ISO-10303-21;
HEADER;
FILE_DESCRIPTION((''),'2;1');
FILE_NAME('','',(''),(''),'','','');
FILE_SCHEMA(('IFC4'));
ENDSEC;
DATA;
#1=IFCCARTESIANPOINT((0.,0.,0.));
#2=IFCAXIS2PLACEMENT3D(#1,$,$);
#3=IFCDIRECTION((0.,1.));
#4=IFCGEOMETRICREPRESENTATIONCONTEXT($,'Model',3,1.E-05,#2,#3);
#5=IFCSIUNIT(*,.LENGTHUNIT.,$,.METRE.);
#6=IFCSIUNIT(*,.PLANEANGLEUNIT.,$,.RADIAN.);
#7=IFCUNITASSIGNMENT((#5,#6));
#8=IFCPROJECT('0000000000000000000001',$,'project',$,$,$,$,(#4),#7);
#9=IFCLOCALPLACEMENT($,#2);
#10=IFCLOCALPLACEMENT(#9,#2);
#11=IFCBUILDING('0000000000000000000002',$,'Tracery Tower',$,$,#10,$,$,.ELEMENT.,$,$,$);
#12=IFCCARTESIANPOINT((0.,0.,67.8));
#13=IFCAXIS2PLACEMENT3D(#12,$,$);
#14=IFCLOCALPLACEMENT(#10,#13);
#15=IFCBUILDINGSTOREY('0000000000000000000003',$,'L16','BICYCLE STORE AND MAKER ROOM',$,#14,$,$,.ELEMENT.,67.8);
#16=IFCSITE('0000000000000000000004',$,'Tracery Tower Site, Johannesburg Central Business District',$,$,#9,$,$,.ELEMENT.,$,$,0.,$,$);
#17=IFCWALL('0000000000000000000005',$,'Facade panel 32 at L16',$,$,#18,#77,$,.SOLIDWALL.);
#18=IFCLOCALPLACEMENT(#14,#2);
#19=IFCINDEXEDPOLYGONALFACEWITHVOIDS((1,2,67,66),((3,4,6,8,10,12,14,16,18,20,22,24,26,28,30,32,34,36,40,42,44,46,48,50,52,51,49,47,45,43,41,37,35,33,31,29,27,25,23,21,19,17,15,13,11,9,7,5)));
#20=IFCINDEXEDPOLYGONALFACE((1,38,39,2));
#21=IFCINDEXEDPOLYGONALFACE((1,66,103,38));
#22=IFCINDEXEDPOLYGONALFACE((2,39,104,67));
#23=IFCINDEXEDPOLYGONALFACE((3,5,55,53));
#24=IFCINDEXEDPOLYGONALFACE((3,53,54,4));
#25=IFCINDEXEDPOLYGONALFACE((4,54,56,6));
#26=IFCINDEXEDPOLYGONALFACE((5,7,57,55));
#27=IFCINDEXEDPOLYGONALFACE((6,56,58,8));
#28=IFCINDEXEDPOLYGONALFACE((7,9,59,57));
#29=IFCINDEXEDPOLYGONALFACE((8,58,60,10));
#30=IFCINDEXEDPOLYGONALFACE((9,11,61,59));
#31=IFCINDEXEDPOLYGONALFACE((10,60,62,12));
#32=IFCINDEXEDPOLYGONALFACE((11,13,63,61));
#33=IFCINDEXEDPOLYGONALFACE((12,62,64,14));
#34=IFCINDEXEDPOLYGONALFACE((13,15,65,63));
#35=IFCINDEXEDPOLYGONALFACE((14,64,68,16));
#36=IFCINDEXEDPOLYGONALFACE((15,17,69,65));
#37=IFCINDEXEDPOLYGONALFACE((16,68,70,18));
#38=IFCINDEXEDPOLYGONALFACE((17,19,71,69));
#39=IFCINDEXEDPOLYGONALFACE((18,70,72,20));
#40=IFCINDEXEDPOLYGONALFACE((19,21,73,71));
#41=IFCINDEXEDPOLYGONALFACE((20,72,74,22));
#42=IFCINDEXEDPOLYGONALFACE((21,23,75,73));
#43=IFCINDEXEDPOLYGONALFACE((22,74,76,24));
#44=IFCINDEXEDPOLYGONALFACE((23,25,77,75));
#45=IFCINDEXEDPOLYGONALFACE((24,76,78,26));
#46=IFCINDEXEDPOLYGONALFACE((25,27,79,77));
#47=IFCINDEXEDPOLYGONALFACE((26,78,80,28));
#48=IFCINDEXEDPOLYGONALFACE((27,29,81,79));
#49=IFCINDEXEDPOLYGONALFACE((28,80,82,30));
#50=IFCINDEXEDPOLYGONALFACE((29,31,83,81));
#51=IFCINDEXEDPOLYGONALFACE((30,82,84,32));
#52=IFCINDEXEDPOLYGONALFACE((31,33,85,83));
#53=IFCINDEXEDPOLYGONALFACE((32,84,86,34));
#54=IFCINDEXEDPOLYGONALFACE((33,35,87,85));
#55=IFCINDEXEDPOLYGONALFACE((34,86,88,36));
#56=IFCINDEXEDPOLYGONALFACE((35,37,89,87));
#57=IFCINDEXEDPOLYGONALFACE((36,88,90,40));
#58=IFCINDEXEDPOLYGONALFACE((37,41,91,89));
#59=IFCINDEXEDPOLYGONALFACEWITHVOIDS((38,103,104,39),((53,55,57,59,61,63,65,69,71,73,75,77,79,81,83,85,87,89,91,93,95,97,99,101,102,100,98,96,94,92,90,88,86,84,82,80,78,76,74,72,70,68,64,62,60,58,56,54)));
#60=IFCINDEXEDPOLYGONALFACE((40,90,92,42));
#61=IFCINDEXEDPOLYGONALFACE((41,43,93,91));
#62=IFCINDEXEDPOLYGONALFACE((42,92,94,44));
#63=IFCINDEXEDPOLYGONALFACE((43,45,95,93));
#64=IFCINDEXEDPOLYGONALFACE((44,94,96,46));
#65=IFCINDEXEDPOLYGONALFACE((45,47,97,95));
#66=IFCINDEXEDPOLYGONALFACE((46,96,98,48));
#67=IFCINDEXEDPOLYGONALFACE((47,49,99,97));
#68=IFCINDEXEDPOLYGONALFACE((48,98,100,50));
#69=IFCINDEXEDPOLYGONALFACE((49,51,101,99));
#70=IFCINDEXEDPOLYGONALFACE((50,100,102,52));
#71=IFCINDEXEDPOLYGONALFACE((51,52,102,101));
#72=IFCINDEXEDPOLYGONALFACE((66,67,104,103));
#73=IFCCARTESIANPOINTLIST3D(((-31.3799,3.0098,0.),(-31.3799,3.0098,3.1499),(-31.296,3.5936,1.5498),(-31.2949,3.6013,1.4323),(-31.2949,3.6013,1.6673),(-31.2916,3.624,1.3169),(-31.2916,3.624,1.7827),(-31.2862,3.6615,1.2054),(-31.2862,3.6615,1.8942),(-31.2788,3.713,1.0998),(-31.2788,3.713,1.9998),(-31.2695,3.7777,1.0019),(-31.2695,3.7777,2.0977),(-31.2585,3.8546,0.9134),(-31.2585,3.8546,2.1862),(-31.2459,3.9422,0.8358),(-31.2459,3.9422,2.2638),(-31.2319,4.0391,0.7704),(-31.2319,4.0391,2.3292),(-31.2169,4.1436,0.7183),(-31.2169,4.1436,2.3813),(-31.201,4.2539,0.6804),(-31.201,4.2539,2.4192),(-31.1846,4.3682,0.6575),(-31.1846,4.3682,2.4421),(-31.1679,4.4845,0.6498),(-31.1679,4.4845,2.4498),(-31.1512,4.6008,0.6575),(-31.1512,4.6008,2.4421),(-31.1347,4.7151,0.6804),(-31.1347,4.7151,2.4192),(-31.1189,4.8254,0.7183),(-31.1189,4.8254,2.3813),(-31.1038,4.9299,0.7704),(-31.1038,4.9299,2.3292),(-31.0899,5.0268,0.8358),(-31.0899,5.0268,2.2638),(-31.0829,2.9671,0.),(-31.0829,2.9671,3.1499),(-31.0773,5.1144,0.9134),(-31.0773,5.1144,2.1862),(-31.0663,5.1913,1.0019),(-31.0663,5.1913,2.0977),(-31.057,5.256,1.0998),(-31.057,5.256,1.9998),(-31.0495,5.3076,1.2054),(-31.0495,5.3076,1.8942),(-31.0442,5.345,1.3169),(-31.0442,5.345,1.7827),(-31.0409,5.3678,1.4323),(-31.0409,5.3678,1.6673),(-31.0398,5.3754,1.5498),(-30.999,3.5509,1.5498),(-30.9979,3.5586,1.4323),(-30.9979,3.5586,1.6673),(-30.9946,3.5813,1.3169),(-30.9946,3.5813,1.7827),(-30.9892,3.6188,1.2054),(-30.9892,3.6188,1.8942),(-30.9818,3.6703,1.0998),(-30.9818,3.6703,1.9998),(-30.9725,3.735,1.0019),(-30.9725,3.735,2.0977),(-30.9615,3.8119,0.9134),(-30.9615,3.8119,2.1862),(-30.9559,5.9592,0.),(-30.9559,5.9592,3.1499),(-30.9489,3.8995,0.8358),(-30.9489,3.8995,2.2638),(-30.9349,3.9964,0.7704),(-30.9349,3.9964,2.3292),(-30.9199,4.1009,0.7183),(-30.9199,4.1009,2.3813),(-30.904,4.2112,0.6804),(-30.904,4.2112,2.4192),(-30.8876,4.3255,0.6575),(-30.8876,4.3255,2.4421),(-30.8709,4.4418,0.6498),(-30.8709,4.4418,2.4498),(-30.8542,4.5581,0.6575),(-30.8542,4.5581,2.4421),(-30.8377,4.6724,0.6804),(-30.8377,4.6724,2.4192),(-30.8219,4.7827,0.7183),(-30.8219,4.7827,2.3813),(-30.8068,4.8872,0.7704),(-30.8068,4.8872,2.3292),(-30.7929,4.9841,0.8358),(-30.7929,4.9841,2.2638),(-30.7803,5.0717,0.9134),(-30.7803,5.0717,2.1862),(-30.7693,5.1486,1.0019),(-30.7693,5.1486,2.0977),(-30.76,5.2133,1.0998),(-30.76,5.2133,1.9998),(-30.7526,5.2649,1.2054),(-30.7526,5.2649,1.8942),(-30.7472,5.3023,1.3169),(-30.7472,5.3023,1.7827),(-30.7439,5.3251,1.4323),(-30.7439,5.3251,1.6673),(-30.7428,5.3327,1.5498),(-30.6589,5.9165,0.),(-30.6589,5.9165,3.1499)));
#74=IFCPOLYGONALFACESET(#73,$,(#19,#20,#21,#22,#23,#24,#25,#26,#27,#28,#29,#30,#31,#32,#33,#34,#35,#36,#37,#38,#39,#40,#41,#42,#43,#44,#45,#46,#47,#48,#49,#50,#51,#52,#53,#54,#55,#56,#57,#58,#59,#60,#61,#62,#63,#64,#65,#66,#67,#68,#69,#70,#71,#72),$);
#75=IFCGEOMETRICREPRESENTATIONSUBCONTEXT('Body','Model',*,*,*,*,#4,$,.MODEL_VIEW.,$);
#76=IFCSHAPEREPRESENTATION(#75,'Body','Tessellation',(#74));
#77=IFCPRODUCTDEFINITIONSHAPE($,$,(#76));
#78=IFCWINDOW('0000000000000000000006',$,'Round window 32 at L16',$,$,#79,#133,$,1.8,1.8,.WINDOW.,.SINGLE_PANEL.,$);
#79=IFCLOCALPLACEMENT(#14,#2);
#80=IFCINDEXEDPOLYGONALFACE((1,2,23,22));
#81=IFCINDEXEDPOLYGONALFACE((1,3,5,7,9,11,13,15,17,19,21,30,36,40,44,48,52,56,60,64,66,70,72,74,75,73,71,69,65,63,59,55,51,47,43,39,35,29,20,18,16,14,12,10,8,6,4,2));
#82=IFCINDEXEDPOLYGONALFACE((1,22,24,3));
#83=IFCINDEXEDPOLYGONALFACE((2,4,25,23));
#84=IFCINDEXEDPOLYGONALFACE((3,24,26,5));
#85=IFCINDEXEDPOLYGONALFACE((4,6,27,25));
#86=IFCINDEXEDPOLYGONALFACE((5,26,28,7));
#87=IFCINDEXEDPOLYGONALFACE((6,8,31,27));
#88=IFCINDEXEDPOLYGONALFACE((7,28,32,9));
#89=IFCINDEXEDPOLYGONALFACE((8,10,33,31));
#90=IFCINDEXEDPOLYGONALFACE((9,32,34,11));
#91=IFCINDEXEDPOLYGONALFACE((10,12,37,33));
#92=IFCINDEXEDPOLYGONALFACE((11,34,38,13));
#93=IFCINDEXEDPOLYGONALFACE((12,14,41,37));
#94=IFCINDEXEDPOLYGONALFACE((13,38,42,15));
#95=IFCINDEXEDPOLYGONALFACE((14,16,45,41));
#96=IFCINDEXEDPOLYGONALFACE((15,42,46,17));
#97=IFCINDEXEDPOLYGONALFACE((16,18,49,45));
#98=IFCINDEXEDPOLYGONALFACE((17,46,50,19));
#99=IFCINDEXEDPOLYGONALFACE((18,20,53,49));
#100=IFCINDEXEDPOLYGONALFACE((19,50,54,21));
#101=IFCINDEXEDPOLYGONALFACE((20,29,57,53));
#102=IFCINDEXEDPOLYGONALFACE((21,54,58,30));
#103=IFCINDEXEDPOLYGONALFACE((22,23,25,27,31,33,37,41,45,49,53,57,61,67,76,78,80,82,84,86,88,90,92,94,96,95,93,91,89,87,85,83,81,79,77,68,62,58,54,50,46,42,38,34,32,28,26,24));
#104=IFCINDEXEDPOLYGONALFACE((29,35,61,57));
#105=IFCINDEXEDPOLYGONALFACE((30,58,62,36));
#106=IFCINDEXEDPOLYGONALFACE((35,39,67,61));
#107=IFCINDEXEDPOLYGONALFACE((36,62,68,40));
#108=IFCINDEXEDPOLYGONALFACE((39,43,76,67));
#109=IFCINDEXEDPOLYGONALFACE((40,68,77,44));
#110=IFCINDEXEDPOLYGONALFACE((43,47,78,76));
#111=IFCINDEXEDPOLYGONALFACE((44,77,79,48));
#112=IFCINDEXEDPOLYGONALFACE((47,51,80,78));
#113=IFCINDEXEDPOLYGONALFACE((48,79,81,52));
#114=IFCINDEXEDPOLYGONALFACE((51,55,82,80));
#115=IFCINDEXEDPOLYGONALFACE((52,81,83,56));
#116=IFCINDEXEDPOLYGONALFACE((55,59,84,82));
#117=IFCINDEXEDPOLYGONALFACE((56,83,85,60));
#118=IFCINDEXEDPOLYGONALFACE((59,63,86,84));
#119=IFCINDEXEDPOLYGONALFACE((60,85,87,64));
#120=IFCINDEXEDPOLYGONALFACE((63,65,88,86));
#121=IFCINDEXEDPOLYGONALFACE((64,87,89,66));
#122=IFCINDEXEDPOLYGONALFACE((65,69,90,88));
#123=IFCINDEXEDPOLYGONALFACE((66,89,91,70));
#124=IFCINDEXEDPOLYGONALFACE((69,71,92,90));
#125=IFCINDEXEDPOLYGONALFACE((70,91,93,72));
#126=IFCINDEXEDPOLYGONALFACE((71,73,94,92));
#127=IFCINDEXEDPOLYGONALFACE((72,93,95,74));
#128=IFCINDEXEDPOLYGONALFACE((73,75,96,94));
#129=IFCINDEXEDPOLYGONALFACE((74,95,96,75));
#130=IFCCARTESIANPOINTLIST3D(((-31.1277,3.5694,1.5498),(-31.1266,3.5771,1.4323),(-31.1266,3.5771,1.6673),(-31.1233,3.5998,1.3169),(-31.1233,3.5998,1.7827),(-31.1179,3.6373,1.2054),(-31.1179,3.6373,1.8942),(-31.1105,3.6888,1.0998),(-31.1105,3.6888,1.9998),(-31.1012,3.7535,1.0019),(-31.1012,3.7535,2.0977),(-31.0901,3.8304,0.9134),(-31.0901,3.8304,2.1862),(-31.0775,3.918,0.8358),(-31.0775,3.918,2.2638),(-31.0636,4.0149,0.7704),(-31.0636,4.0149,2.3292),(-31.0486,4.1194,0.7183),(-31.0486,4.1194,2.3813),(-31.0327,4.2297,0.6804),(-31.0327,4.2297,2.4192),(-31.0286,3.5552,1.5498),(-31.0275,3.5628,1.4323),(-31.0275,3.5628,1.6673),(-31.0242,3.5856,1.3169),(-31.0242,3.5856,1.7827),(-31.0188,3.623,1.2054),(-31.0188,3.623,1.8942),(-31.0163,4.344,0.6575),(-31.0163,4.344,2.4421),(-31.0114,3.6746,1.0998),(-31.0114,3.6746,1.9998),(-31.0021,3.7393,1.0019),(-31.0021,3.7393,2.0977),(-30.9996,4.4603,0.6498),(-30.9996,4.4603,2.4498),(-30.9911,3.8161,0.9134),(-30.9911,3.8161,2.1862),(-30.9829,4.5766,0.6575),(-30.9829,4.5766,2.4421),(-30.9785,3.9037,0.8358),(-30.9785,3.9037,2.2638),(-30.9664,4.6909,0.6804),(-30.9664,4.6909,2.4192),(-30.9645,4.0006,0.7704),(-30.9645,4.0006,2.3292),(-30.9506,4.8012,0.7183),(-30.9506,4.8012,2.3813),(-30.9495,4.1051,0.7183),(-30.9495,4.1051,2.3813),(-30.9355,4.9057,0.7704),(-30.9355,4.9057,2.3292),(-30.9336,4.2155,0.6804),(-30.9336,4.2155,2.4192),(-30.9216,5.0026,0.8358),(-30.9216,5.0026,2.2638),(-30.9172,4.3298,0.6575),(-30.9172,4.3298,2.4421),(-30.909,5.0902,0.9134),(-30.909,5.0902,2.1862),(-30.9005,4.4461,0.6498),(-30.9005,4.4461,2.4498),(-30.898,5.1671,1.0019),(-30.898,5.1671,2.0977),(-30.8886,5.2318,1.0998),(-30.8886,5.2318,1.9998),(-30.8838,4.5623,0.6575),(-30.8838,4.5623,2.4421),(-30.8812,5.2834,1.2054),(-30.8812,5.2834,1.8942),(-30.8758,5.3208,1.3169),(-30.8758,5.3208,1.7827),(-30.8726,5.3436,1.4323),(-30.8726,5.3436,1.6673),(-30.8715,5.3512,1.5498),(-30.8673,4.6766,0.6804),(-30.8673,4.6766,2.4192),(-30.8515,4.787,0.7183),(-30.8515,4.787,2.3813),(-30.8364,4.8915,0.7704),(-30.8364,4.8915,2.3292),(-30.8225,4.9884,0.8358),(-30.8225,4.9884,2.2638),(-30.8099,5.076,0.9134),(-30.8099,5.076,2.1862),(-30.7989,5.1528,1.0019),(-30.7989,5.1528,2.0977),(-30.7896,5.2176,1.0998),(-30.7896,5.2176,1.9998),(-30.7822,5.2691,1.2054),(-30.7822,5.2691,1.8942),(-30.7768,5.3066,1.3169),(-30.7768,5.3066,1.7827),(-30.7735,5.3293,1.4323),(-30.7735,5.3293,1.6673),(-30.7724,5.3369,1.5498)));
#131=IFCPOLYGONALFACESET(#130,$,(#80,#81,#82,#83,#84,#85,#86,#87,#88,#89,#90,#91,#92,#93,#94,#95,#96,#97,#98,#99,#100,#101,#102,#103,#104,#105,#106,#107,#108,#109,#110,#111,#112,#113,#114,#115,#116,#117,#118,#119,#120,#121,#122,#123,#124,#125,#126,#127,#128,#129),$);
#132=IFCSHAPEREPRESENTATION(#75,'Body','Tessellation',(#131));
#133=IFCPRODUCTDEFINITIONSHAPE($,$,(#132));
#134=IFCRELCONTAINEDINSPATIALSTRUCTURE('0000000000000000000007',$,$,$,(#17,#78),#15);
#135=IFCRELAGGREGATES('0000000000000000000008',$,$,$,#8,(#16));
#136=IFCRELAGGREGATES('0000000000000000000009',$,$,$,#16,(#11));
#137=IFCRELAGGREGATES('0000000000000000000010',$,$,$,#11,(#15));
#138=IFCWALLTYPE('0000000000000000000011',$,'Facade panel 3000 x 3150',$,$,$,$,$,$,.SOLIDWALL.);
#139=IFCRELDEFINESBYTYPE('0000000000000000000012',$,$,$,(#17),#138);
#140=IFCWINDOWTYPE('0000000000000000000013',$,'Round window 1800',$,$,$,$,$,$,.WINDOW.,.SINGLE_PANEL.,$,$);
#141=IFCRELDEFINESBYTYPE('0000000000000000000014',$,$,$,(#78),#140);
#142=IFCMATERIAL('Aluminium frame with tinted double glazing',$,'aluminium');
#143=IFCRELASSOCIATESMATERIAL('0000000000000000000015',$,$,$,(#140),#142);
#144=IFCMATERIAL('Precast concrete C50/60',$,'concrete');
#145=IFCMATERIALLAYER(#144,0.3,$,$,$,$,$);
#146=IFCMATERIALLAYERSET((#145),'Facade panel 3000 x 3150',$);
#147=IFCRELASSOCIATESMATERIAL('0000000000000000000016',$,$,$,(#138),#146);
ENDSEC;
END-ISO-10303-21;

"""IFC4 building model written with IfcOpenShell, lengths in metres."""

from ifc_helpers import new_model, si_unit, direction, frame, frame_2d, origin, origin_2d, place, context, subcontext, project, spatial, rectangle, circle, extrude, material, layer, layer_set, type_object, element, fill, save


model = new_model("IFC4")

# Units and contexts
model_context = context("Model", 3, precision=1e-05, world=origin(), true_north=direction((0.0, 1.0)))
body_context = subcontext(model_context, "Body", "Model", "MODEL_VIEW")
ifc_project = project(units=[si_unit("LENGTHUNIT", "METRE"), si_unit("PLANEANGLEUNIT", "RADIAN")], contexts=[model_context])

# Site, building, storey
site_placement = place(None, origin())
site = spatial("IfcSite", under=ifc_project, at=site_placement, Name="Tracery Tower Site, Johannesburg Central Business District", CompositionType="ELEMENT", RefElevation=0.0)
building_placement = place(site_placement, origin())
building = spatial("IfcBuilding", under=site, at=building_placement, Name="Tracery Tower", CompositionType="ELEMENT")
storey_placement = place(building_placement, frame((0.0, 0.0, 67.8)))
storey = spatial("IfcBuildingStorey", under=building, at=storey_placement, Name="L16", Description="BICYCLE STORE AND MAKER ROOM", CompositionType="ELEMENT", Elevation=67.8)

# Wall, opening, window
ifc_material_1 = material(Name="Aluminium frame with tinted double glazing", Category="aluminium")
window_type = type_object("IfcWindowType", Name="Round window 1800", PartitioningType="SINGLE_PANEL", PredefinedType="WINDOW", material=ifc_material_1)
ifc_material_2 = material(Name="Precast concrete C50/60", Category="concrete")
ifc_layer_1 = layer(ifc_material_2, 0.3)
ifc_layer_set_1 = layer_set([ifc_layer_1], Name="Facade panel 3000 x 3150")
wall_type_1 = type_object("IfcWallType", Name="Facade panel 3000 x 3150", PredefinedType="SOLIDWALL", material=ifc_layer_set_1)
wall_1_placement = place(storey_placement, frame((-30.8074, 5.9377, 0.0), z_axis=(0.0, 0.0, 1.0), x_axis=(-0.142316, -0.989821, 0.0)))
wall_1 = element("IfcWall", 1, at=wall_1_placement, inside=storey, type_object=wall_type_1, Name="Facade panel 32 at L16", PredefinedType="SOLIDWALL", context=body_context, shape_type="SweptSolid", body=[
    extrude(rectangle(XDim=2.9797, YDim=0.3, at=frame_2d((1.4897, 0.0))), origin(), (0.0, 0.0, 1.0), 3.1499),
])
opening_1_placement = place(wall_1_placement, frame((1.4897, 0.0, 1.5498)))
opening_1 = element("IfcOpeningElement", 2, at=opening_1_placement, cuts=wall_1, PredefinedType="OPENING", context=body_context, shape_type="SweptSolid", body=[
    extrude(circle(Radius=0.9, at=origin_2d()), frame((0.0, 0.1599, 0.0), z_axis=(0.0, -1.0, 0.0), x_axis=(1.0, 0.0, 0.0)), (0.0, 0.0, 1.0), 0.3201),
])
window_1_placement = place(opening_1_placement, origin())
window_1 = element("IfcWindow", 3, at=window_1_placement, inside=storey, type_object=window_type, Name="Round window 32 at L16", OverallHeight=1.8, OverallWidth=1.8, PartitioningType="SINGLE_PANEL", PredefinedType="WINDOW", context=body_context, shape_type="SweptSolid", body=[
    extrude(circle(Radius=0.9, at=origin_2d()), frame((0.0, 0.1201, 0.0), z_axis=(0.0, -1.0, 0.0), x_axis=(1.0, 0.0, 0.0)), (0.0, 0.0, 1.0), 0.1001),
])
fill(opening_1, window_1)

save(model, "model.ifc")
